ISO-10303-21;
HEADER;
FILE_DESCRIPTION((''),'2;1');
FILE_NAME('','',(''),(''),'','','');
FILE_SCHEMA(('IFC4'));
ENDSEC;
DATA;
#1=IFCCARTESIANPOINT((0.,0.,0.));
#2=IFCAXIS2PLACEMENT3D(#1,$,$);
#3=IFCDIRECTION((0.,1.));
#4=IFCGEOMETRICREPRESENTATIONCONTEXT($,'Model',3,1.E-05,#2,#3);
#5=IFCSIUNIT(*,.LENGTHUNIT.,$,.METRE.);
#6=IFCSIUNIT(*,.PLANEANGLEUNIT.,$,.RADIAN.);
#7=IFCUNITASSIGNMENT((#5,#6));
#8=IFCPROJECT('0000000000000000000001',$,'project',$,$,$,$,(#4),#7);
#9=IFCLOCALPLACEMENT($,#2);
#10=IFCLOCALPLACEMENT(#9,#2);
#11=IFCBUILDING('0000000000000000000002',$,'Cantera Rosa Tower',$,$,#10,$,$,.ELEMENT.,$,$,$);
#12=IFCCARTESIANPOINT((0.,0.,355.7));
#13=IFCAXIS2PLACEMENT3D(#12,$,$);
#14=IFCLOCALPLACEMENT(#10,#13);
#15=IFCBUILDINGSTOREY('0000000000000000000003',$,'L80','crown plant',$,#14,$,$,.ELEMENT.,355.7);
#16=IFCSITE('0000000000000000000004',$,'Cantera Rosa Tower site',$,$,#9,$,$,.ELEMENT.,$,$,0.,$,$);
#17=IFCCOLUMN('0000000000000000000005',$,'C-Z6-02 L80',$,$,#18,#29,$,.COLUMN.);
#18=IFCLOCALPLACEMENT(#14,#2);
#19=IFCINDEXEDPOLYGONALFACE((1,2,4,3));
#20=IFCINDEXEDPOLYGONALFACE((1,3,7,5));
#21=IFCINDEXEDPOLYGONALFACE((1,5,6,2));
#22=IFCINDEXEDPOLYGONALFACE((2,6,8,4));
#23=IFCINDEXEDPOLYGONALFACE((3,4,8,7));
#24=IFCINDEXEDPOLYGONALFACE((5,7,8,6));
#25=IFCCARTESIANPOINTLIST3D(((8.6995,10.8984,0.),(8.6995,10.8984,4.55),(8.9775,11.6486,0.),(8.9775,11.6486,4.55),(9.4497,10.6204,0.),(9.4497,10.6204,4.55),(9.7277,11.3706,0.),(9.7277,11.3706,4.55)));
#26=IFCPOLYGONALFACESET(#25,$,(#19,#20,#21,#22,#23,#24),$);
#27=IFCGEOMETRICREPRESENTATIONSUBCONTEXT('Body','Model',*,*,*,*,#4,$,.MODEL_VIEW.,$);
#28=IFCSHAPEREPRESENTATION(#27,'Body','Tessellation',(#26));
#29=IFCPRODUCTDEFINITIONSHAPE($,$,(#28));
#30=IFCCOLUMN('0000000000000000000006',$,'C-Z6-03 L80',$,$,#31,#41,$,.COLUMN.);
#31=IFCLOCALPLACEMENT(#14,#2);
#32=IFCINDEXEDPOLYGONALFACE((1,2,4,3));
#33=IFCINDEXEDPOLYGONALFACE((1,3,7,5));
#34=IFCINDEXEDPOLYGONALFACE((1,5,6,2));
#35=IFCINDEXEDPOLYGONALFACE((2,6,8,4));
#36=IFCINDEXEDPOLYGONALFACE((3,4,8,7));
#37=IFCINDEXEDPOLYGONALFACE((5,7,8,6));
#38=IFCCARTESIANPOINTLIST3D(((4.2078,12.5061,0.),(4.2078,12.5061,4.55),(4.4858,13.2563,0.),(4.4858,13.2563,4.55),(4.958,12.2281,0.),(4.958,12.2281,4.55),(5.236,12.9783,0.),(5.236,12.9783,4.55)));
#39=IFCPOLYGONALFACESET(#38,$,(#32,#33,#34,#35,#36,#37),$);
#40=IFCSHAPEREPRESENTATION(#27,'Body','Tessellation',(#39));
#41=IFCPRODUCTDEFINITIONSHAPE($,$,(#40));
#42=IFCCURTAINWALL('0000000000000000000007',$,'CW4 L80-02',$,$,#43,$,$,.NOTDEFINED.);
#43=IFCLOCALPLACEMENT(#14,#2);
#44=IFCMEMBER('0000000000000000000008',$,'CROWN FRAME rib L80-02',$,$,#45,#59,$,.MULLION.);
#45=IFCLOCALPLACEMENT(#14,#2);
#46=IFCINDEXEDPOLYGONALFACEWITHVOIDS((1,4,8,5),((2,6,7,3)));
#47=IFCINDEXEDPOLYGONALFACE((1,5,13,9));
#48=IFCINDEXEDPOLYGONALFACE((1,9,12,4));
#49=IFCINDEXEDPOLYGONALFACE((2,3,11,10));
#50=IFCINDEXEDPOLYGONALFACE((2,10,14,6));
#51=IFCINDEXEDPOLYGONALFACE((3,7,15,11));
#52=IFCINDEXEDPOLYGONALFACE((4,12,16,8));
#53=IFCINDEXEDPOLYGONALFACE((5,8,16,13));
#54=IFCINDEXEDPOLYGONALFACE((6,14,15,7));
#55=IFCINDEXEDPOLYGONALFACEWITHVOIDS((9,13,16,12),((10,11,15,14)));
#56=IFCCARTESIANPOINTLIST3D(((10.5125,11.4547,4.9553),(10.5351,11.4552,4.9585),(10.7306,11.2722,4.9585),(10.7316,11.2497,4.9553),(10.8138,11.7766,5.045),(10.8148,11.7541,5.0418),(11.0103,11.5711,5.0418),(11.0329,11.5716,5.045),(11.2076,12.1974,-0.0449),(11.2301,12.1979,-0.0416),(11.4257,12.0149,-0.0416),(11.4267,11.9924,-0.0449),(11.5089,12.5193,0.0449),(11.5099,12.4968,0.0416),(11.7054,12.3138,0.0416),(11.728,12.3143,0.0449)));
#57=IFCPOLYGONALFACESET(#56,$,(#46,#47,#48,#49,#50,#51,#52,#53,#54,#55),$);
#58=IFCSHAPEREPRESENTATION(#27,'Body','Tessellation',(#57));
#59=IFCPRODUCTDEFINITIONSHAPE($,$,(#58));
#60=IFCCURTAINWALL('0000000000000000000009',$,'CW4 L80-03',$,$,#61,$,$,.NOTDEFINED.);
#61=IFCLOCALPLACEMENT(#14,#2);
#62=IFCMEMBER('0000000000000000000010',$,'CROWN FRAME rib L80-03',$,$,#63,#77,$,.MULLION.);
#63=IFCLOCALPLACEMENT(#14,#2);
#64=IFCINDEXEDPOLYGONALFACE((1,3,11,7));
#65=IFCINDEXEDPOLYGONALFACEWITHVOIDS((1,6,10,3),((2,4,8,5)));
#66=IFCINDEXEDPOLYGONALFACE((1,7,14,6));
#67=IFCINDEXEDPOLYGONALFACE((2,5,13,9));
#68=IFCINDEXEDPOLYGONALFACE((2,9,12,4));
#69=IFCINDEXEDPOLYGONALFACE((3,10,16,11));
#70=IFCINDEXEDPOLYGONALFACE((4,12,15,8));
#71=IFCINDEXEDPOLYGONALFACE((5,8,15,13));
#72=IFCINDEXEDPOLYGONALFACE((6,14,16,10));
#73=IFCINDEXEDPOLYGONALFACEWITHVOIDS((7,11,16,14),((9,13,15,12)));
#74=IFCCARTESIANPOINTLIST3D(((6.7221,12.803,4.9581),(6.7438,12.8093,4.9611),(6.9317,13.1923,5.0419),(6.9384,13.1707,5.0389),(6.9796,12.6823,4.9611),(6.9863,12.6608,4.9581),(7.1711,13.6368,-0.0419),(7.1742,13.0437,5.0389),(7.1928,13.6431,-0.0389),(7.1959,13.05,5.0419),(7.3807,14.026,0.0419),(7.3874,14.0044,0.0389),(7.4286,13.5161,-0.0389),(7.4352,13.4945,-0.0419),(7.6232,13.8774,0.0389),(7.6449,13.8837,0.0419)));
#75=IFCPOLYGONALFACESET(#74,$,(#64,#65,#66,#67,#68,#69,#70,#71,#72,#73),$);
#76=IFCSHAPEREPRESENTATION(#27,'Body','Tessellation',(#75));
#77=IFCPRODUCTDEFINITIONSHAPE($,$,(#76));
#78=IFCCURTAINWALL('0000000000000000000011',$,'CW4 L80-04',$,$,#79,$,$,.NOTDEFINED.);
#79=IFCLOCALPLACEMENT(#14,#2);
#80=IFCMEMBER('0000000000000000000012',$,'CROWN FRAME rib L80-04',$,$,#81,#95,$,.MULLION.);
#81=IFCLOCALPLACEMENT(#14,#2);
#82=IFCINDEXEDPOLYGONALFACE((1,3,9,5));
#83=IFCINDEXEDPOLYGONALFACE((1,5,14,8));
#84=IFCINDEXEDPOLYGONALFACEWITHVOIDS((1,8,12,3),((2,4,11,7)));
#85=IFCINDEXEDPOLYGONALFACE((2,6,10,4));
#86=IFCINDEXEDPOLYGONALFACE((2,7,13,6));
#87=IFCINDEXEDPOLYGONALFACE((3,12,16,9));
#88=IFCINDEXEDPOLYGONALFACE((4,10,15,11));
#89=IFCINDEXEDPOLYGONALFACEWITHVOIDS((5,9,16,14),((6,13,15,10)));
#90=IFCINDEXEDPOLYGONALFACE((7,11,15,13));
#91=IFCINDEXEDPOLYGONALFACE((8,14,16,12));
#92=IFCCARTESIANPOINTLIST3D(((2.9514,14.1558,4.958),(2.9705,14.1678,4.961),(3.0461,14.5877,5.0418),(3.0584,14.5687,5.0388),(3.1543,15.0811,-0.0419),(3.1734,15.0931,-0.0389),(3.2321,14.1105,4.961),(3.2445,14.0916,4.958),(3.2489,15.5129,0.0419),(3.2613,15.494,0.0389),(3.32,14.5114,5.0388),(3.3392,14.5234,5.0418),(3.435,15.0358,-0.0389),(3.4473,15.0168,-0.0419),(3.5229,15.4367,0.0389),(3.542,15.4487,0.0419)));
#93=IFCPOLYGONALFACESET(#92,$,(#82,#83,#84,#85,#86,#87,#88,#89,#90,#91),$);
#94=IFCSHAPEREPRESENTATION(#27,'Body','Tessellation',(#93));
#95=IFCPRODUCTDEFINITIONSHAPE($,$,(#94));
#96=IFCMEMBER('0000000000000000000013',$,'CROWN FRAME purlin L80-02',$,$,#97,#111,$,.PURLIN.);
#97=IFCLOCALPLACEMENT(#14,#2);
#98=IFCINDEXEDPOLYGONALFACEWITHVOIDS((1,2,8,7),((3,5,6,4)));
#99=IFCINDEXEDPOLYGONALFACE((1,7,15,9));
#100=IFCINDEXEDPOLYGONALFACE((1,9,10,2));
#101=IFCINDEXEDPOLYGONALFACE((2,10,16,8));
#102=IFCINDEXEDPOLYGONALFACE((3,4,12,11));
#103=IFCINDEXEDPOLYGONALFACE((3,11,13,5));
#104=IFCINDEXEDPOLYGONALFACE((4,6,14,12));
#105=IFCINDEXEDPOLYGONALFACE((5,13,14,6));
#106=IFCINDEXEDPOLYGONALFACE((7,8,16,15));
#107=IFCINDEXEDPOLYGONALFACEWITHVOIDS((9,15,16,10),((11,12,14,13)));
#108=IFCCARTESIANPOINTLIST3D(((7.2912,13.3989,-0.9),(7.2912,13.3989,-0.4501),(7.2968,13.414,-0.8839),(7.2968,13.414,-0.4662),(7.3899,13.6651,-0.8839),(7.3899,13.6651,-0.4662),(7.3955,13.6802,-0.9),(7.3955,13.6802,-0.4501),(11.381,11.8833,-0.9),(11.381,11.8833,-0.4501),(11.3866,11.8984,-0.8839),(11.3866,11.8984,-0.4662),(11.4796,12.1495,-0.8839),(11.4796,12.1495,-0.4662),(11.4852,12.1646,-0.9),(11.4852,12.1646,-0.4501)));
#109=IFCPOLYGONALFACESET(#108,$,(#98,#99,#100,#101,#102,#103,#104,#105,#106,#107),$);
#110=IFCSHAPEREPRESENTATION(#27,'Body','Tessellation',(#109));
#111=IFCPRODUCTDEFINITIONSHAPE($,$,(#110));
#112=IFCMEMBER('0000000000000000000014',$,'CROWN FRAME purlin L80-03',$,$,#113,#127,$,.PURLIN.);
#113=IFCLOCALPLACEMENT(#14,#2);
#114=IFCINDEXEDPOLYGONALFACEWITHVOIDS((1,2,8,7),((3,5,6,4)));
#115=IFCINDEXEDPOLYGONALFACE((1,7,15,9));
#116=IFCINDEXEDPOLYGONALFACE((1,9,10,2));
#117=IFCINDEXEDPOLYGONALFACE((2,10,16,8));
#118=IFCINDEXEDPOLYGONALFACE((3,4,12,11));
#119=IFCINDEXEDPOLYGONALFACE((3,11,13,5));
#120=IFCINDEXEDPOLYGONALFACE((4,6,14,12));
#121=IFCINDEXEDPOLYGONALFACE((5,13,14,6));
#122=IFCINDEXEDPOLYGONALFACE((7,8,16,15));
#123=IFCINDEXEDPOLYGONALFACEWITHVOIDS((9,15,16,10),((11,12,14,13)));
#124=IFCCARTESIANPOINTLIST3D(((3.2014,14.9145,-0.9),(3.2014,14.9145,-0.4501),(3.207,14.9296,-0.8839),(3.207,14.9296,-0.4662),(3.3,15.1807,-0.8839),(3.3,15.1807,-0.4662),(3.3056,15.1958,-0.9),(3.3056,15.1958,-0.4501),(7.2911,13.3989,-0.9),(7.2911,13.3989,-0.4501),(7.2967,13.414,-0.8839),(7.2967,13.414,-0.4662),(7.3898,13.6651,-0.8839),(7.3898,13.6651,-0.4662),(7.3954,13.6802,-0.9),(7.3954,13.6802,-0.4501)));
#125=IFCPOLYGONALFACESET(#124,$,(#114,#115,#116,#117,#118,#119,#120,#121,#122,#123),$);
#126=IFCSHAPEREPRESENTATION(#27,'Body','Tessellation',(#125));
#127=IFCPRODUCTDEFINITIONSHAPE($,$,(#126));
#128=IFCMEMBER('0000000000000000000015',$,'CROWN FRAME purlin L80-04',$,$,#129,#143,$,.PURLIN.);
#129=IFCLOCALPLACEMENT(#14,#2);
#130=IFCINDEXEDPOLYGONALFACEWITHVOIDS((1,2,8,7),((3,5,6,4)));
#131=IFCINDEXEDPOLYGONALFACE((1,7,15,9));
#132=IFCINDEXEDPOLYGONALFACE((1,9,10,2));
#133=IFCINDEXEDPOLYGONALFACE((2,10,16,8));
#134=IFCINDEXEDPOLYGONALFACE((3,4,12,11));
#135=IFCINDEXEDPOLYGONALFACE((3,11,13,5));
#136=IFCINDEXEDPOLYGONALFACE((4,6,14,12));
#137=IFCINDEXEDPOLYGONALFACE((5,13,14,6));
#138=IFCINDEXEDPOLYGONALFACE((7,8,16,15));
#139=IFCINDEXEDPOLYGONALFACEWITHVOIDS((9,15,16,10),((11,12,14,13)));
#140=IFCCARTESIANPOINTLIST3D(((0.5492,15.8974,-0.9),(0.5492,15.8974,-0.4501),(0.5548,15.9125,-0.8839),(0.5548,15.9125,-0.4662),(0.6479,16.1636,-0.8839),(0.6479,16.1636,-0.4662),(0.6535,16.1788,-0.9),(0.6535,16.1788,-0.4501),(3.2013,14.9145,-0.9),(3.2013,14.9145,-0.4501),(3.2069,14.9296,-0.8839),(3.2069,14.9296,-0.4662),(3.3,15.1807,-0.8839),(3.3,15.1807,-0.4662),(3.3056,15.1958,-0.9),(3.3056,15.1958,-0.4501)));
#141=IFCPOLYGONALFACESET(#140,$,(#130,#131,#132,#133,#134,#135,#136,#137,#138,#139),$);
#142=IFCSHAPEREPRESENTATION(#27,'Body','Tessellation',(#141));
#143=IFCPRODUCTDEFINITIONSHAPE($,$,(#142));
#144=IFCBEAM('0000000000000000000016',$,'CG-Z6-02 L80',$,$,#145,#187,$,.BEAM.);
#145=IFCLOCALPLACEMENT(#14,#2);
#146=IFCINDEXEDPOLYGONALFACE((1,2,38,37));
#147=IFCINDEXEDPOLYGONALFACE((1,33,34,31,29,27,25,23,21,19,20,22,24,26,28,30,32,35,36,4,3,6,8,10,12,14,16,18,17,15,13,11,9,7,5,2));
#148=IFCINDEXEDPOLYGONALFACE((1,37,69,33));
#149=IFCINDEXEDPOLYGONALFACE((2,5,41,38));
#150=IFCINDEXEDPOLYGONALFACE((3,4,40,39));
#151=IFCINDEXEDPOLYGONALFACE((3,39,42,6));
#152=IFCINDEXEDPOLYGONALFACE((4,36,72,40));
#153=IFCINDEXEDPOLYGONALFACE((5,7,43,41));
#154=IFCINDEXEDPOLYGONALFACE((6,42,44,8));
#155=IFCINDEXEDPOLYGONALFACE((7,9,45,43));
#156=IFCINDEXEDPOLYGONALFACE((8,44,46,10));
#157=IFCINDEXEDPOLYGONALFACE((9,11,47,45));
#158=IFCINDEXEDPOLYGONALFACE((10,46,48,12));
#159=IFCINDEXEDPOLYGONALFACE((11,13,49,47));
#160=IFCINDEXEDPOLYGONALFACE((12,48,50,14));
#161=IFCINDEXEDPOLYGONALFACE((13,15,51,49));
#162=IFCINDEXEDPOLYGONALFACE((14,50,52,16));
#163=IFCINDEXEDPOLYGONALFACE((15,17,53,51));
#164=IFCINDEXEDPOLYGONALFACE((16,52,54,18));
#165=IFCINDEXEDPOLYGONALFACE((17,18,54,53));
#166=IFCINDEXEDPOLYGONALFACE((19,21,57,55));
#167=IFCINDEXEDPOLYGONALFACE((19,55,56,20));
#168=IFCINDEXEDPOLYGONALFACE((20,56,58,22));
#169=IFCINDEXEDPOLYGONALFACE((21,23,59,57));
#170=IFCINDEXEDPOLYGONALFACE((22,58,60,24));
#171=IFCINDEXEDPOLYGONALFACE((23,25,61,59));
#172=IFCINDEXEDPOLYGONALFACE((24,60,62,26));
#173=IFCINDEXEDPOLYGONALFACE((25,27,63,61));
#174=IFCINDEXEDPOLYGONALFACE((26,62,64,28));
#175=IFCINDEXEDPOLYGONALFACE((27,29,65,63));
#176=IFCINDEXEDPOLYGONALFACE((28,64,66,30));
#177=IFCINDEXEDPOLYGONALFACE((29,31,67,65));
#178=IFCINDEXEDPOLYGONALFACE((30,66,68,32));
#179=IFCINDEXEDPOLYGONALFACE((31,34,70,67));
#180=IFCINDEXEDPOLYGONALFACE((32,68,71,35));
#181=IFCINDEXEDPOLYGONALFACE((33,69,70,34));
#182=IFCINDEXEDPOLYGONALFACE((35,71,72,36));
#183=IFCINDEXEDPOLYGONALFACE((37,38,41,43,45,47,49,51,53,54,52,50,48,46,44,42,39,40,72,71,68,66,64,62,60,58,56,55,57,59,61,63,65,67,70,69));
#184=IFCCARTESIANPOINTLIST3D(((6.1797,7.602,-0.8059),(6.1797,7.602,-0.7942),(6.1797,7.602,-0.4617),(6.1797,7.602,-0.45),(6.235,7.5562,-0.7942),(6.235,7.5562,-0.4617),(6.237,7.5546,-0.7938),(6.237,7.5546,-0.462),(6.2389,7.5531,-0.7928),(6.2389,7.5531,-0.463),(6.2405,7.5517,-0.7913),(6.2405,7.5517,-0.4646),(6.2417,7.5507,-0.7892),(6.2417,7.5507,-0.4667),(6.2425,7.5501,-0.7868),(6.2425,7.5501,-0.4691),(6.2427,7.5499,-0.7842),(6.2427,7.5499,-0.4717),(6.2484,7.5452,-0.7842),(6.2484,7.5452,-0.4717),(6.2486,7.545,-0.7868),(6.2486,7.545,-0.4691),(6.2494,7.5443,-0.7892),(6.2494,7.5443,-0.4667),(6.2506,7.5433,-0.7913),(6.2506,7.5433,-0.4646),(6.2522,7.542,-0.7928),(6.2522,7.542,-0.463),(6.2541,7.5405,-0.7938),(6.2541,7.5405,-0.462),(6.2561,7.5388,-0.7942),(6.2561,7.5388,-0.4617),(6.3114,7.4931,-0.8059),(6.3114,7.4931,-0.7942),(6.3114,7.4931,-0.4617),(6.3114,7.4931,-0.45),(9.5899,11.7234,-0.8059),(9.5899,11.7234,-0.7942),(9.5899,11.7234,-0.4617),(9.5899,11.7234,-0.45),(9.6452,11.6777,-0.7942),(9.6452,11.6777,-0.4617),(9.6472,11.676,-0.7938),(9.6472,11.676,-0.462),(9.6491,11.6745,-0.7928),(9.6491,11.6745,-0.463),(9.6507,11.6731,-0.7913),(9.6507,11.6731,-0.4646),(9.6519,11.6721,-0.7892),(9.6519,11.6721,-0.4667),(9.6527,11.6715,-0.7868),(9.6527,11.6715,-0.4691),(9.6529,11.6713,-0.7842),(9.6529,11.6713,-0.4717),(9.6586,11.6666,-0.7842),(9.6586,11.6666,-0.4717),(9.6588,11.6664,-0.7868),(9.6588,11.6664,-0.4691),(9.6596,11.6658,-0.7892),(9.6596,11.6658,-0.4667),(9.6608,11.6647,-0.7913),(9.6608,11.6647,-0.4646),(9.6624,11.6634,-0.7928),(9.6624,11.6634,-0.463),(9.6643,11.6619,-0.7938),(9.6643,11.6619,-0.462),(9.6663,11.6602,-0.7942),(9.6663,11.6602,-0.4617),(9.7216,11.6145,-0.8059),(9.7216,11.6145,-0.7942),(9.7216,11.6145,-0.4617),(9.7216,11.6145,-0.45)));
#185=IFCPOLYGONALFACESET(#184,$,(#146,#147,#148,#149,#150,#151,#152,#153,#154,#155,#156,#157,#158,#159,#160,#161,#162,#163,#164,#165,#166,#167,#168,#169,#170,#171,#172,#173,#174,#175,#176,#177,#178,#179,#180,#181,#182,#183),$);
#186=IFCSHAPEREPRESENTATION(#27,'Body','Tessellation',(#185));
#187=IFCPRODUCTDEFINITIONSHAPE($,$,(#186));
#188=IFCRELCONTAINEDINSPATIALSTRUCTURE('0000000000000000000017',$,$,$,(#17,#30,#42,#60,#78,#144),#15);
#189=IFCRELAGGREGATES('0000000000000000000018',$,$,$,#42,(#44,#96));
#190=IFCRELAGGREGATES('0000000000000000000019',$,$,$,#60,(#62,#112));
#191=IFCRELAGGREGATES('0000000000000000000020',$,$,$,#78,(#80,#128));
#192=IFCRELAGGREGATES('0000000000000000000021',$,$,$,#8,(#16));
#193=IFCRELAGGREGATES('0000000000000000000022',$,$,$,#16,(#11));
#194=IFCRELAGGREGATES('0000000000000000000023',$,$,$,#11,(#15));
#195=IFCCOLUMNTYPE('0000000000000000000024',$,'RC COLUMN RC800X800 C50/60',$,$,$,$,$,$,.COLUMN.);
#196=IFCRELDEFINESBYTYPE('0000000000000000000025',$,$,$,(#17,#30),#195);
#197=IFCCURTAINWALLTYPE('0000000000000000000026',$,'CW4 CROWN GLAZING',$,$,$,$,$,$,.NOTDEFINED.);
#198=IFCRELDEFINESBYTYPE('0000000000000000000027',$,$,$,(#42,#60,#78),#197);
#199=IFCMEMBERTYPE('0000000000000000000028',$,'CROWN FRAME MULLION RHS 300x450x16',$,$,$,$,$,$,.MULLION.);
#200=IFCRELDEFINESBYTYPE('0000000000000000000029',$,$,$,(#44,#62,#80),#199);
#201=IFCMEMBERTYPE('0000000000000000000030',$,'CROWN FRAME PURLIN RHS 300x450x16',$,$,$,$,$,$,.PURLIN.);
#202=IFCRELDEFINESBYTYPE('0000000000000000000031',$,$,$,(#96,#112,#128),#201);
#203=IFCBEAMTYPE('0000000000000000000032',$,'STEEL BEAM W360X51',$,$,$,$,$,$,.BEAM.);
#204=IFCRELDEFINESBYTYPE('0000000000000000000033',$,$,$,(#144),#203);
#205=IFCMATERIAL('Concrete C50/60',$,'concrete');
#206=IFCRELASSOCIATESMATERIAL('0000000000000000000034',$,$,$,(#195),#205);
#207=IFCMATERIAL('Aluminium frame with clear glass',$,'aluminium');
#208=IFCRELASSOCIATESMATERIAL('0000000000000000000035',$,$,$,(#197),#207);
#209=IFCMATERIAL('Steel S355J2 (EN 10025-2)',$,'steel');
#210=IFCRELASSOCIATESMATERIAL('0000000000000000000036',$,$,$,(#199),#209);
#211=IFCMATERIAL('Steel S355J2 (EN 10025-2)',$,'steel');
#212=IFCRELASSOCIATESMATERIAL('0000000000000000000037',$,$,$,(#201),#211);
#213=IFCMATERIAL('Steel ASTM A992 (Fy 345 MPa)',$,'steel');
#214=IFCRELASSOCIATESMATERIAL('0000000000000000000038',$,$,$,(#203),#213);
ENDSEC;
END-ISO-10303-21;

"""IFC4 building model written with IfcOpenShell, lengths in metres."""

from ifc_helpers import new_model, si_unit, direction, frame, origin, origin_2d, place, context, subcontext, project, spatial, rectangle, hollow_rectangle, i_section, extrude, material, material_profile, profile_set, type_object, element, aggregate, save


model = new_model("IFC4")

# Units and contexts
model_context = context("Model", 3, precision=1e-05, world=origin(), true_north=direction((0.0, 1.0)))
body_context = subcontext(model_context, "Body", "Model", "MODEL_VIEW")
ifc_project = project(units=[si_unit("LENGTHUNIT", "METRE"), si_unit("PLANEANGLEUNIT", "RADIAN")], contexts=[model_context])

# Site, building, storey
site_placement = place(None, origin())
site = spatial("IfcSite", under=ifc_project, at=site_placement, Name="Cantera Rosa Tower site", CompositionType="ELEMENT", RefElevation=0.0)
building_placement = place(site_placement, origin())
building = spatial("IfcBuilding", under=site, at=building_placement, Name="Cantera Rosa Tower", CompositionType="ELEMENT")
storey_placement = place(building_placement, frame((0.0, 0.0, 355.7)))
storey = spatial("IfcBuildingStorey", under=building, at=storey_placement, Name="L80", Description="crown plant", CompositionType="ELEMENT", Elevation=355.7)

# Columns
ifc_material_1 = material(Name="Concrete C50/60", Category="concrete")
ifc_material_profile_1 = material_profile(ifc_material_1, rectangle(XDim=0.8, YDim=0.8, at=origin_2d()), Name="RC COLUMN RC800X800 C50/60")
ifc_profile_set_1 = profile_set([ifc_material_profile_1], Name="Concrete C50/60")
column_type = type_object("IfcColumnType", Name="RC COLUMN RC800X800 C50/60", PredefinedType="COLUMN", material=ifc_profile_set_1)
for number, where, z_axis, x_axis, name in (
    (1, (9.2136, 11.1345, 0.0), (0.0, 0.0, 1.0), (0.347481, 0.937687, 0.0), "C-Z6-02 L80"),
    (2, (4.7219, 12.7422, 0.0), (0.0, 0.0, 1.0), (0.347481, 0.937687, 0.0), "C-Z6-03 L80"),
):
    element("IfcColumn", number, at=place(storey_placement, frame(where, z_axis=z_axis, x_axis=x_axis)), inside=storey, type_object=column_type, Name=name, PredefinedType="COLUMN", context=body_context, shape_type="SweptSolid", body=[
        extrude(rectangle(XDim=0.8, YDim=0.8, at=origin_2d()), origin(), (0.0, 0.0, 1.0), 4.55),
    ])

# Curtain walls, members
ifc_material_2 = material(Name="Aluminium frame with clear glass", Category="aluminium")
curtain_wall_type = type_object("IfcCurtainWallType", Name="CW4 CROWN GLAZING", PredefinedType="NOTDEFINED", material=ifc_material_2)
curtain_wall_1_placement = place(storey_placement, origin())
curtain_wall_1 = element("IfcCurtainWall", 3, at=curtain_wall_1_placement, inside=storey, type_object=curtain_wall_type, Name="CW4 L80-02", PredefinedType="NOTDEFINED")
ifc_material_3 = material(Name="Steel S355J2 (EN 10025-2)", Category="steel")
ifc_material_profile_2 = material_profile(ifc_material_3, hollow_rectangle(XDim=0.3, YDim=0.45, WallThickness=0.0161, at=origin_2d()), Name="CROWN FRAME MULLION RHS 300x450x16")
ifc_profile_set_2 = profile_set([ifc_material_profile_2], Name="Steel S355J2 (EN 10025-2)")
member_type_1 = type_object("IfcMemberType", Name="CROWN FRAME MULLION RHS 300x450x16", PredefinedType="MULLION", material=ifc_profile_set_2)
member_1_placement = place(storey_placement, frame((11.4678, 12.2559, 0.0), z_axis=(-0.136223, -0.145554, 0.979927), x_axis=(0.730121, -0.683318, 0.0)))
member_1 = element("IfcMember", 4, at=member_1_placement, type_object=member_type_1, Name="CROWN FRAME rib L80-02", PredefinedType="MULLION", context=body_context, shape_type="SweptSolid", body=[
    extrude(hollow_rectangle(XDim=0.3, YDim=0.45, WallThickness=0.0161, at=origin_2d()), origin(), (0.0, 0.0, 1.0), 5.1025),
])
curtain_wall_2_placement = place(storey_placement, origin())
curtain_wall_2 = element("IfcCurtainWall", 5, at=curtain_wall_2_placement, inside=storey, type_object=curtain_wall_type, Name="CW4 L80-03", PredefinedType="NOTDEFINED")
member_2_placement = place(storey_placement, frame((7.408, 13.7603, 0.0), z_axis=(-0.088227, -0.163836, 0.982534), x_axis=(0.880455, -0.474131, 0.0)))
member_2 = element("IfcMember", 6, at=member_2_placement, type_object=member_type_1, Name="CROWN FRAME rib L80-03", PredefinedType="MULLION", context=body_context, shape_type="SweptSolid", body=[
    extrude(hollow_rectangle(XDim=0.3, YDim=0.45, WallThickness=0.0161, at=origin_2d()), origin(), (0.0, 0.0, 1.0), 5.0889),
])
curtain_wall_3_placement = place(storey_placement, origin())
curtain_wall_3 = element("IfcCurtainWall", 7, at=curtain_wall_3_placement, inside=storey, type_object=curtain_wall_type, Name="CW4 L80-04", PredefinedType="NOTDEFINED")
member_3_placement = place(storey_placement, frame((3.3481, 15.2649, 0.0), z_axis=(-0.039867, -0.181824, 0.982523), x_axis=(0.976796, -0.214173, 0.0)))
member_3 = element("IfcMember", 8, at=member_3_placement, type_object=member_type_1, Name="CROWN FRAME rib L80-04", PredefinedType="MULLION", context=body_context, shape_type="SweptSolid", body=[
    extrude(hollow_rectangle(XDim=0.3, YDim=0.45, WallThickness=0.0161, at=origin_2d()), origin(), (0.0, 0.0, 1.0), 5.0889),
])

# Members
ifc_material_4 = material(Name="Steel S355J2 (EN 10025-2)", Category="steel")
ifc_material_profile_3 = material_profile(ifc_material_4, hollow_rectangle(XDim=0.3, YDim=0.45, WallThickness=0.0161, at=origin_2d()), Name="CROWN FRAME PURLIN RHS 300x450x16")
ifc_profile_set_3 = profile_set([ifc_material_profile_3], Name="Steel S355J2 (EN 10025-2)")
member_type_2 = type_object("IfcMemberType", Name="CROWN FRAME PURLIN RHS 300x450x16", PredefinedType="PURLIN", material=ifc_profile_set_3)
member_4_placement = place(storey_placement, frame((11.4331, 12.0239, -0.675), z_axis=(-0.937684, 0.347489, 0.0), x_axis=(-0.347489, -0.937684, 0.0)))
member_4 = element("IfcMember", 9, at=member_4_placement, type_object=member_type_2, Name="CROWN FRAME purlin L80-02", PredefinedType="PURLIN", context=body_context, shape_type="SweptSolid", body=[
    extrude(hollow_rectangle(XDim=0.3, YDim=0.45, WallThickness=0.0161, at=origin_2d()), origin(), (0.0, 0.0, 1.0), 4.3616),
])
member_5_placement = place(storey_placement, frame((7.3433, 13.5396, -0.675), z_axis=(-0.937684, 0.347489, 0.0), x_axis=(-0.347489, -0.937684, 0.0)))
member_5 = element("IfcMember", 10, at=member_5_placement, type_object=member_type_2, Name="CROWN FRAME purlin L80-03", PredefinedType="PURLIN", context=body_context, shape_type="SweptSolid", body=[
    extrude(hollow_rectangle(XDim=0.3, YDim=0.45, WallThickness=0.0161, at=origin_2d()), origin(), (0.0, 0.0, 1.0), 4.3616),
])
member_6_placement = place(storey_placement, frame((3.2534, 15.0552, -0.675), z_axis=(-0.937674, 0.347517, 0.0), x_axis=(-0.347517, -0.937674, 0.0)))
member_6 = element("IfcMember", 11, at=member_6_placement, type_object=member_type_2, Name="CROWN FRAME purlin L80-04", PredefinedType="PURLIN", context=body_context, shape_type="SweptSolid", body=[
    extrude(hollow_rectangle(XDim=0.3, YDim=0.45, WallThickness=0.0161, at=origin_2d()), origin(), (0.0, 0.0, 1.0), 2.8284),
])

# Beam
ifc_material_5 = material(Name="Steel ASTM A992 (Fy 345 MPa)", Category="steel")
ifc_material_profile_4 = material_profile(ifc_material_5, i_section(OverallWidth=0.1709, OverallDepth=0.356, WebThickness=0.0073, FlangeThickness=0.0117, FilletRadius=0.01, at=origin_2d()), Name="W360X51")
ifc_profile_set_4 = profile_set([ifc_material_profile_4], Name="Steel ASTM A992 (Fy 345 MPa)")
beam_type_1 = type_object("IfcBeamType", Name="STEEL BEAM W360X51", PredefinedType="BEAM", material=ifc_profile_set_4)
beam_1_placement = place(storey_placement, frame((9.6558, 11.6689, -0.6279), z_axis=(-0.6375, -0.77045, 0.0), x_axis=(0.77045, -0.6375, 0.0)))
element("IfcBeam", 12, at=beam_1_placement, inside=storey, type_object=beam_type_1, Name="CG-Z6-02 L80", PredefinedType="BEAM", context=body_context, shape_type="SweptSolid", body=[
    extrude(i_section(OverallWidth=0.1709, OverallDepth=0.356, WebThickness=0.0073, FlangeThickness=0.0117, FilletRadius=0.01, at=origin_2d()), origin(), (0.0, 0.0, 1.0), 5.3494),
])

aggregate(curtain_wall_1, [member_1, member_4])
aggregate(curtain_wall_2, [member_2, member_5])
aggregate(curtain_wall_3, [member_3, member_6])

save(model, "model.ifc")
